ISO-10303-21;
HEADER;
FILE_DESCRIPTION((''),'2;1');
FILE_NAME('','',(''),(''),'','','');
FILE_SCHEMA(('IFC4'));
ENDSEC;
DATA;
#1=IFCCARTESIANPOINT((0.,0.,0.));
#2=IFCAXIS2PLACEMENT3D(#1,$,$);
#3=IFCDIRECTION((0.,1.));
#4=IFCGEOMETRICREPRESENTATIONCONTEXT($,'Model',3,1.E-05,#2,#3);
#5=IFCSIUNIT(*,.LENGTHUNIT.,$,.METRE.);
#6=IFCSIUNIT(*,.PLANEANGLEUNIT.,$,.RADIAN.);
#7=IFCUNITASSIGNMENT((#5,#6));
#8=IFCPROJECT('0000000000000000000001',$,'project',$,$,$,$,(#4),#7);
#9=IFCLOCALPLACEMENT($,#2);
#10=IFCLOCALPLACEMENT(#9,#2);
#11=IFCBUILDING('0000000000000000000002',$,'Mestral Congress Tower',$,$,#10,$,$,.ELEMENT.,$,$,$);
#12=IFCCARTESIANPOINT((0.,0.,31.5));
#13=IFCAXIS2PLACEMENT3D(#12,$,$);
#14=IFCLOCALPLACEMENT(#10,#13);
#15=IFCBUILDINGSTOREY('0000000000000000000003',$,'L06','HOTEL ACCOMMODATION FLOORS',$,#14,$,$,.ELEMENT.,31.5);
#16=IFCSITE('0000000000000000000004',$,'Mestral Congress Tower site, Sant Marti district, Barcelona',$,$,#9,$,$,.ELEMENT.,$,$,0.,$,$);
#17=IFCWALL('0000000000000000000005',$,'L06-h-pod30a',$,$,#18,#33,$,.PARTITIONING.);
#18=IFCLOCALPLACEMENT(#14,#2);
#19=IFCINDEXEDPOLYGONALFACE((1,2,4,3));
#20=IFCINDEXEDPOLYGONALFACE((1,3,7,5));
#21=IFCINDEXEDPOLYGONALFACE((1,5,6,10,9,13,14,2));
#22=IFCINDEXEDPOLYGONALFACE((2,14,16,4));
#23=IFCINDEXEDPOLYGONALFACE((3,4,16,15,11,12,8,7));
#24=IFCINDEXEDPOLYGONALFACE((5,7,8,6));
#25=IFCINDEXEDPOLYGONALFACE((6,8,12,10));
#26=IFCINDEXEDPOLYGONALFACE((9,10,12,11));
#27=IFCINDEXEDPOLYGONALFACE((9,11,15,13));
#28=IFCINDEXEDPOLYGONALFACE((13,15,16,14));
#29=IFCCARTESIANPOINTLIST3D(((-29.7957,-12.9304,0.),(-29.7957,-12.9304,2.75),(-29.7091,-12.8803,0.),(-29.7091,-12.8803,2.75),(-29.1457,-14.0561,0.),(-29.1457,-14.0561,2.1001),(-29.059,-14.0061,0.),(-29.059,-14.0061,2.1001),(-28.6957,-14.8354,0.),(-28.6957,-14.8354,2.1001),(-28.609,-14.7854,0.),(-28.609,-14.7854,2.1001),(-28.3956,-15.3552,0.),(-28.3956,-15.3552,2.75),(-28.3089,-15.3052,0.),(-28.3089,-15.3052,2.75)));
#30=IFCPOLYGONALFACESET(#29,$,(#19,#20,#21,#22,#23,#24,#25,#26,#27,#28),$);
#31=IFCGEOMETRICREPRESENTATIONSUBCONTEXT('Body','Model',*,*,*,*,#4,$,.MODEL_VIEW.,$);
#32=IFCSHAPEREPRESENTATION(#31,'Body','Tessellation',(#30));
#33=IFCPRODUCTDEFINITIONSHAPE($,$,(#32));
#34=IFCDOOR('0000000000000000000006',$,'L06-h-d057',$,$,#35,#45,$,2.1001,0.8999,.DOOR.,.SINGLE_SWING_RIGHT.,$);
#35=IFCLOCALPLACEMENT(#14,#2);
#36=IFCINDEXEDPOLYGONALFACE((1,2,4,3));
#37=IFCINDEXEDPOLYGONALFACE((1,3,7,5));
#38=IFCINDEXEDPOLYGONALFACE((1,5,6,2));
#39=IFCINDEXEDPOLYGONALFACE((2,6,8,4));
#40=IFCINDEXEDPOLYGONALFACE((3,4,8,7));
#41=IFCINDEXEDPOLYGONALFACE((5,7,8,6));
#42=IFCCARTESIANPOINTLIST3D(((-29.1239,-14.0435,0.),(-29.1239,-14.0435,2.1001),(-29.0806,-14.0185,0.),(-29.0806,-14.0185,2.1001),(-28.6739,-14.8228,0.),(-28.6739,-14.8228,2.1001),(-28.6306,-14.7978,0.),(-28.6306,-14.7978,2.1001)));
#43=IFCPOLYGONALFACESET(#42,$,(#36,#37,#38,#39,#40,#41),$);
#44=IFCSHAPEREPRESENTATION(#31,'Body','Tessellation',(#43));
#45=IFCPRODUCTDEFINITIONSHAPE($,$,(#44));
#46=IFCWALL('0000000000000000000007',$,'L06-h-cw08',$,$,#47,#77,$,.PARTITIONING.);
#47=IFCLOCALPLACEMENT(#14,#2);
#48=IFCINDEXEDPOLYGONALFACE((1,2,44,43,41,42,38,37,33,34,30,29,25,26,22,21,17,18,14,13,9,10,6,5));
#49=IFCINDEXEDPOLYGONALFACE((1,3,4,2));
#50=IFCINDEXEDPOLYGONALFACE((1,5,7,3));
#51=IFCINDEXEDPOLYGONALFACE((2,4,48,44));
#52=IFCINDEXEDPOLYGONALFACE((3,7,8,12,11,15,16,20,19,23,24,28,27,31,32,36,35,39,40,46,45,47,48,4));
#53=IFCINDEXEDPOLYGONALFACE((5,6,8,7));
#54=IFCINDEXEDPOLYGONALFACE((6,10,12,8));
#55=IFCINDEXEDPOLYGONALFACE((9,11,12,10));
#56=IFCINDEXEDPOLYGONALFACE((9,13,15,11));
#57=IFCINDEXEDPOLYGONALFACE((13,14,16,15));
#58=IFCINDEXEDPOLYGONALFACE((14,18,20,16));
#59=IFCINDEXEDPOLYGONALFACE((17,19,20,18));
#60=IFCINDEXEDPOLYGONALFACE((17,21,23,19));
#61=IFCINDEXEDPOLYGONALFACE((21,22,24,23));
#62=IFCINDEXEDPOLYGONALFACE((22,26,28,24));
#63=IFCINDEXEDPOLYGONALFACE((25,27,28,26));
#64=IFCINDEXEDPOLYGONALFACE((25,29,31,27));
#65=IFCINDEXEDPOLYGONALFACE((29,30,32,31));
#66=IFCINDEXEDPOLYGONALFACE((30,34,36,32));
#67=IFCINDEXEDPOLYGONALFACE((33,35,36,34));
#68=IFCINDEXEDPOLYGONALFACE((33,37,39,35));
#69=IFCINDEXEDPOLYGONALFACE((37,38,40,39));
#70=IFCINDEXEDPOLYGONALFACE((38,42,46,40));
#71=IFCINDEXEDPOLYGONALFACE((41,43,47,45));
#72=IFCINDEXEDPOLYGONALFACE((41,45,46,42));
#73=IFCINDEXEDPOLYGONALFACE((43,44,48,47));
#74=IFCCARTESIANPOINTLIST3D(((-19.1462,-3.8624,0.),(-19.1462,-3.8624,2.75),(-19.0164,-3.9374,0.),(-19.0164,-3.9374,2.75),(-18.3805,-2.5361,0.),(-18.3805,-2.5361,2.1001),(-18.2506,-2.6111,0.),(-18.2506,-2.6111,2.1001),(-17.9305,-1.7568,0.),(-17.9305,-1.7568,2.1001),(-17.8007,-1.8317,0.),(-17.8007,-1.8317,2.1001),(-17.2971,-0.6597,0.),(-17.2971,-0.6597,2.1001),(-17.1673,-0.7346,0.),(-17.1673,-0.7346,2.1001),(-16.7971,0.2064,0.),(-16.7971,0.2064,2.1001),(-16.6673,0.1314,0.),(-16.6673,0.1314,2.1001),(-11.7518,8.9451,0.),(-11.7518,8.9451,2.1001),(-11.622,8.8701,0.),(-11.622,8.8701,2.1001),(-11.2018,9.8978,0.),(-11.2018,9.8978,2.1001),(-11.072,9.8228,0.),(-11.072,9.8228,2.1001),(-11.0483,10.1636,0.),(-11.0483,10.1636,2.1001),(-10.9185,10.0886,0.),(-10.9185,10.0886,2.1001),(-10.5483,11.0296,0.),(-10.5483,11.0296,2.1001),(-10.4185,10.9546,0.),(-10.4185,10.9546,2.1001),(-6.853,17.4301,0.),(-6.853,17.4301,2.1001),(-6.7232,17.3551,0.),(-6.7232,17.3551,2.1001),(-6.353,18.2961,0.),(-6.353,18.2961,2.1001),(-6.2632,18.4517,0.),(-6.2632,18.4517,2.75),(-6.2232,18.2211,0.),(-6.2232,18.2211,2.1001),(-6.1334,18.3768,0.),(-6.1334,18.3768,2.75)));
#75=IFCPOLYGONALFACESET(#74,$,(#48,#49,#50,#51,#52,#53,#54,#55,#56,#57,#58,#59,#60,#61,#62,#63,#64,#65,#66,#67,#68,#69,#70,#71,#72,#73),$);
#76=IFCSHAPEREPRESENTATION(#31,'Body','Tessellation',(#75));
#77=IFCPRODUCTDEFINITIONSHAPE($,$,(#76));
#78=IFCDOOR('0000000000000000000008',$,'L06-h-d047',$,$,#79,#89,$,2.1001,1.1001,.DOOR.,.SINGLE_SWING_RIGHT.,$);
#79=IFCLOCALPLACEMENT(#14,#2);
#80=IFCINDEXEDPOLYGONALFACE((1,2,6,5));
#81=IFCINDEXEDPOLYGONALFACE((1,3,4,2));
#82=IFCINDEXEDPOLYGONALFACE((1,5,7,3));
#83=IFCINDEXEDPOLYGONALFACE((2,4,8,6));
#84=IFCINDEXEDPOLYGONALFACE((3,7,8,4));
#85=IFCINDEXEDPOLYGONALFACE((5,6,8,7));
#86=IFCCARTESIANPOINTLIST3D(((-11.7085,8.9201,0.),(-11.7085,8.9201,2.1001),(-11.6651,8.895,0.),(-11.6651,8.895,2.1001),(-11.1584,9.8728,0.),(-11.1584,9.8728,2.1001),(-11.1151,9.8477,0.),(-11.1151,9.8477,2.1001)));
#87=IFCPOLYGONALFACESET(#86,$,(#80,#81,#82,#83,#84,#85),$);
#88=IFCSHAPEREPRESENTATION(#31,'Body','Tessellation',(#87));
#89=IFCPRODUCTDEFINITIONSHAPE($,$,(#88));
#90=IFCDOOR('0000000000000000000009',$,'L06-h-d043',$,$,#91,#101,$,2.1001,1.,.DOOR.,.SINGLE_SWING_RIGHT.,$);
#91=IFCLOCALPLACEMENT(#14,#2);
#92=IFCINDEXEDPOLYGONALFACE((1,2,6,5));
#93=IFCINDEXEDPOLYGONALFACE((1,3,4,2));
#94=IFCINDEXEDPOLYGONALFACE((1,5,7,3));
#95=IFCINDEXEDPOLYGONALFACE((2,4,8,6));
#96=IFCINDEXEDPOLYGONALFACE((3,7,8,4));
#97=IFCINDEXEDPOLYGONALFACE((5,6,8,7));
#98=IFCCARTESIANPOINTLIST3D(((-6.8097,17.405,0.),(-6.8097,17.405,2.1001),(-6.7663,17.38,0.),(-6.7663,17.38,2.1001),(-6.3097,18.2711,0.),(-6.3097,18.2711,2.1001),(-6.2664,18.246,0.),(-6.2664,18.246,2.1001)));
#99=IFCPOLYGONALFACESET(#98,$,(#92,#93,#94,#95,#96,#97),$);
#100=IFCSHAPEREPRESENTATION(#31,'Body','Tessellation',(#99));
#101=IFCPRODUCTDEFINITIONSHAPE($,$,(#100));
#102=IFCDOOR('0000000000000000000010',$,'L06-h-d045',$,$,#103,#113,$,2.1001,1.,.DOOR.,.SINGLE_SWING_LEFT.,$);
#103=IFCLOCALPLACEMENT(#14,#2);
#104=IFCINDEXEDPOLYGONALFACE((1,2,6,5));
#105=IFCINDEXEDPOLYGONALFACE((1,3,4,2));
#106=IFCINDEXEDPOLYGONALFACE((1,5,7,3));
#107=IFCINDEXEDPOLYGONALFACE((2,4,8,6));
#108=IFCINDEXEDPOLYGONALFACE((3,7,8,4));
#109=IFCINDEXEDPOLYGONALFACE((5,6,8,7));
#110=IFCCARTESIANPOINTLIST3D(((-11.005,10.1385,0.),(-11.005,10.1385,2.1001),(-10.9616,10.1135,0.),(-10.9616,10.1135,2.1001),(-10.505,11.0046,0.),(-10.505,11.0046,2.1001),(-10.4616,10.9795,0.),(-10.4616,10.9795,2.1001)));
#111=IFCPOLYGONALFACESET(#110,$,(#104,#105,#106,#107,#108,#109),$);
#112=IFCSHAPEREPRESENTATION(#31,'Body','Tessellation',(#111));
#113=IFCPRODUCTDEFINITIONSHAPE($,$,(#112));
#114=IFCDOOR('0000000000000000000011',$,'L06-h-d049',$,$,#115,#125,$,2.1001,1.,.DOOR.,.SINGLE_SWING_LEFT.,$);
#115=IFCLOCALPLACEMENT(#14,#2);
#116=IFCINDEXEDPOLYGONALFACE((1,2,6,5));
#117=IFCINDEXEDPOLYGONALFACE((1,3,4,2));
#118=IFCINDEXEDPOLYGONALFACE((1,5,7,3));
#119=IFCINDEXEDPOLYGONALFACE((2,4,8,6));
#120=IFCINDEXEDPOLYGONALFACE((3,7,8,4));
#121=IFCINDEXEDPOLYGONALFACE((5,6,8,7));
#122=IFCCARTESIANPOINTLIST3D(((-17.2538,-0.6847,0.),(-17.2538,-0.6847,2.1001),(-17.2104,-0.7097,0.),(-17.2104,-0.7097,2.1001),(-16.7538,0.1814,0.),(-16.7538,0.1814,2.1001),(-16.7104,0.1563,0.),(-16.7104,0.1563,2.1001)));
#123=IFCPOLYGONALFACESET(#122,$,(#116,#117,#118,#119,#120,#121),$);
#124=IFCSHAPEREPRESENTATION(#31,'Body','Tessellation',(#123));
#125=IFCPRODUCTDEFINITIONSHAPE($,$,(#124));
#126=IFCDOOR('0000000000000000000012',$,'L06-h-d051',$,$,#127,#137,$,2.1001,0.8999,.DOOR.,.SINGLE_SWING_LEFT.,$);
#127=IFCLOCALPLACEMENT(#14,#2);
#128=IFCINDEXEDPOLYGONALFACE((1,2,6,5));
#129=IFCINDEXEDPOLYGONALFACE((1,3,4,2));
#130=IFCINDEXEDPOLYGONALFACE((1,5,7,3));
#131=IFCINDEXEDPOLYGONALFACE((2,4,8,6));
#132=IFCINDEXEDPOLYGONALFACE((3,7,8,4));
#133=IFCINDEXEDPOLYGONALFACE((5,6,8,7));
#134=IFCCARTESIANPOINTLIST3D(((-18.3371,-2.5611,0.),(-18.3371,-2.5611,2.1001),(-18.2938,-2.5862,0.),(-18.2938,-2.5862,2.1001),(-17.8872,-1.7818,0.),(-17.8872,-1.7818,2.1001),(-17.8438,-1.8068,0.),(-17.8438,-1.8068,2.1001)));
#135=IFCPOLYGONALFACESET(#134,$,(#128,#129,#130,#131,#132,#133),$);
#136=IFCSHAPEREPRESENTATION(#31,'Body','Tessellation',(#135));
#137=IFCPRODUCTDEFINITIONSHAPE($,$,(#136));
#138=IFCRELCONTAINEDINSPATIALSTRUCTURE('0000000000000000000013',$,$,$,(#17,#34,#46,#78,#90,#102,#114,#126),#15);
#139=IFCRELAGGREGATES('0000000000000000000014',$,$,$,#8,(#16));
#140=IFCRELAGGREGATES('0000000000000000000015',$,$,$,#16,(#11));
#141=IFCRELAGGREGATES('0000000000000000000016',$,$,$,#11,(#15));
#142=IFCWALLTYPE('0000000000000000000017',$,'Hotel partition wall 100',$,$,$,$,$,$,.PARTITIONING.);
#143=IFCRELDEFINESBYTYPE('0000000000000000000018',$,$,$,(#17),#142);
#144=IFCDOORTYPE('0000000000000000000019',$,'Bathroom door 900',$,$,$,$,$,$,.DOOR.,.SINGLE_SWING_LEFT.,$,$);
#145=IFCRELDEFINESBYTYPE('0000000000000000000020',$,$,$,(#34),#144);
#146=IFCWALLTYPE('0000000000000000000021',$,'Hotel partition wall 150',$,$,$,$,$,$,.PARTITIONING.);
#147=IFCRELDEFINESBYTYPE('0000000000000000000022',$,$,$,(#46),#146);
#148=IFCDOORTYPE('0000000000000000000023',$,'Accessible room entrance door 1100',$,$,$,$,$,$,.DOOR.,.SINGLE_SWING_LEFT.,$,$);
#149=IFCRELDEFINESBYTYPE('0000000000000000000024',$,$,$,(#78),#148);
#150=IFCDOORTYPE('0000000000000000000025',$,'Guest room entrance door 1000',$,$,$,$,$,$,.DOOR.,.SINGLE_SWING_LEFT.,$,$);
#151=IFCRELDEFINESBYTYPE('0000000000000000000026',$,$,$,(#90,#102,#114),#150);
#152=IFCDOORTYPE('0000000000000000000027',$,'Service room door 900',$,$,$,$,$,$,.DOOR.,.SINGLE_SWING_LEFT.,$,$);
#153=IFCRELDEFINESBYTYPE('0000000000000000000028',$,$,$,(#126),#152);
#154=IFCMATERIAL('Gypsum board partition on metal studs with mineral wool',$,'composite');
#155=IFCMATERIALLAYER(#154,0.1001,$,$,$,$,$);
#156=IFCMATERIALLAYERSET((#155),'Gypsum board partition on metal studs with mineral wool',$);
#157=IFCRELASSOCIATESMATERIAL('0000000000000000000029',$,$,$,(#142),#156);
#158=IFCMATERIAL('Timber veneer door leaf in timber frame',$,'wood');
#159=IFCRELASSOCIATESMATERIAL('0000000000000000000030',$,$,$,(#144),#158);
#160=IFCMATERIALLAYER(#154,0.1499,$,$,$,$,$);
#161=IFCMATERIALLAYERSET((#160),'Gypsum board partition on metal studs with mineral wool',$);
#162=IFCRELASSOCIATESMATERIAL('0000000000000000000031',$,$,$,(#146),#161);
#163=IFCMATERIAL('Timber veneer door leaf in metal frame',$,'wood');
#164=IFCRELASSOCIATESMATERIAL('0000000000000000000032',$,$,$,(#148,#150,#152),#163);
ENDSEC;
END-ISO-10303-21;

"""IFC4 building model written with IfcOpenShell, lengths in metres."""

from ifc_helpers import new_model, si_unit, direction, frame, frame_2d, origin, place, context, subcontext, project, spatial, rectangle, extrude, material, layer, layer_set, type_object, element, fill, save


model = new_model("IFC4")

# Units and contexts
model_context = context("Model", 3, precision=1e-05, world=origin(), true_north=direction((0.0, 1.0)))
body_context = subcontext(model_context, "Body", "Model", "MODEL_VIEW")
ifc_project = project(units=[si_unit("LENGTHUNIT", "METRE"), si_unit("PLANEANGLEUNIT", "RADIAN")], contexts=[model_context])

# Site, building, storey
site_placement = place(None, origin())
site = spatial("IfcSite", under=ifc_project, at=site_placement, Name="Mestral Congress Tower site, Sant Marti district, Barcelona", CompositionType="ELEMENT", RefElevation=0.0)
building_placement = place(site_placement, origin())
building = spatial("IfcBuilding", under=site, at=building_placement, Name="Mestral Congress Tower", CompositionType="ELEMENT")
storey_placement = place(building_placement, frame((0.0, 0.0, 31.5)))
storey = spatial("IfcBuildingStorey", under=building, at=storey_placement, Name="L06", Description="HOTEL ACCOMMODATION FLOORS", CompositionType="ELEMENT", Elevation=31.5)

# Shared definitions
ifc_material_1 = material(Name="Gypsum board partition on metal studs with mineral wool", Category="composite")
ifc_layer_1 = layer(ifc_material_1, 0.1001)
ifc_layer_set_1 = layer_set([ifc_layer_1], Name="Gypsum board partition on metal studs with mineral wool")
wall_type_1 = type_object("IfcWallType", Name="Hotel partition wall 100", PredefinedType="PARTITIONING", material=ifc_layer_set_1)
ifc_material_2 = material(Name="Timber veneer door leaf in timber frame", Category="wood")
door_type_1 = type_object("IfcDoorType", Name="Bathroom door 900", OperationType="SINGLE_SWING_LEFT", PredefinedType="DOOR", material=ifc_material_2)

# Wall, opening, door
wall_1_placement = place(storey_placement, frame((-28.3523, -15.3301, 0.0), z_axis=(0.0, 0.0, 1.0), x_axis=(-0.50005, 0.865997, 0.0)))
wall_1 = element("IfcWall", 1, at=wall_1_placement, inside=storey, type_object=wall_type_1, Name="L06-h-pod30a", PredefinedType="PARTITIONING", context=body_context, shape_type="SweptSolid", body=[
    extrude(rectangle(XDim=2.8, YDim=0.1001, at=frame_2d((1.3999, 0.0))), origin(), (0.0, 0.0, 1.0), 2.75),
])
opening_1_placement = place(wall_1_placement, frame((0.6001, 0.0, 0.0)))
opening_1 = element("IfcOpeningElement", 2, at=opening_1_placement, cuts=wall_1, PredefinedType="OPENING", context=body_context, shape_type="SweptSolid", body=[
    extrude(rectangle(XDim=0.8999, YDim=2.1001, at=frame_2d((0.45, 1.05))), frame((0.0, 0.0601, 0.0), z_axis=(0.0, -1.0, 0.0), x_axis=(1.0, 0.0, 0.0)), (0.0, 0.0, 1.0), 0.1201),
])
door_1_placement = place(opening_1_placement, origin())
door_1 = element("IfcDoor", 3, at=door_1_placement, inside=storey, type_object=door_type_1, Name="L06-h-d057", OperationType="SINGLE_SWING_RIGHT", OverallHeight=2.1001, OverallWidth=0.8999, PredefinedType="DOOR", context=body_context, shape_type="SweptSolid", body=[
    extrude(rectangle(XDim=0.8999, YDim=2.1001, at=frame_2d((0.45, 1.05))), frame((0.0, 0.0249, 0.0), z_axis=(0.0, -1.0, 0.0), x_axis=(1.0, 0.0, 0.0)), (0.0, 0.0, 1.0), 0.05),
])
fill(opening_1, door_1)

# Wall, openings, doors
ifc_layer_2 = layer(ifc_material_1, 0.1499)
ifc_layer_set_2 = layer_set([ifc_layer_2], Name="Gypsum board partition on metal studs with mineral wool")
wall_type_2 = type_object("IfcWallType", Name="Hotel partition wall 150", PredefinedType="PARTITIONING", material=ifc_layer_set_2)
wall_2_placement = place(storey_placement, frame((-19.0813, -3.8999, 0.0), z_axis=(0.0, 0.0, 1.0), x_axis=(0.499998, 0.866026, 0.0)))
wall_2 = element("IfcWall", 4, at=wall_2_placement, inside=storey, type_object=wall_type_2, Name="L06-h-cw08", PredefinedType="PARTITIONING", context=body_context, shape_type="SweptSolid", body=[
    extrude(rectangle(XDim=25.7661, YDim=0.1499, at=frame_2d((12.8831, 0.0))), origin(), (0.0, 0.0, 1.0), 2.75),
])
opening_2_placement = place(wall_2_placement, frame((24.5864, 0.0, 0.0)))
opening_2 = element("IfcOpeningElement", 5, at=opening_2_placement, cuts=wall_2, PredefinedType="OPENING", context=body_context, shape_type="SweptSolid", body=[
    extrude(rectangle(XDim=1.0, YDim=2.1001, at=frame_2d((0.5, 1.05))), frame((0.0, 0.085, 0.0), z_axis=(0.0, -1.0, 0.0), x_axis=(1.0, 0.0, 0.0)), (0.0, 0.0, 1.0), 0.1699),
])
opening_3_placement = place(wall_2_placement, frame((16.1958, 0.0, 0.0)))
opening_3 = element("IfcOpeningElement", 6, at=opening_3_placement, cuts=wall_2, PredefinedType="OPENING", context=body_context, shape_type="SweptSolid", body=[
    extrude(rectangle(XDim=1.0, YDim=2.1001, at=frame_2d((0.5, 1.05))), frame((0.0, 0.085, 0.0), z_axis=(0.0, -1.0, 0.0), x_axis=(1.0, 0.0, 0.0)), (0.0, 0.0, 1.0), 0.1699),
])
opening_4_placement = place(wall_2_placement, frame((14.7888, 0.0, 0.0)))
opening_4 = element("IfcOpeningElement", 7, at=opening_4_placement, cuts=wall_2, PredefinedType="OPENING", context=body_context, shape_type="SweptSolid", body=[
    extrude(rectangle(XDim=1.1001, YDim=2.1001, at=frame_2d((0.55, 1.05))), frame((0.0, 0.085, 0.0), z_axis=(0.0, -1.0, 0.0), x_axis=(1.0, 0.0, 0.0)), (0.0, 0.0, 1.0), 0.1699),
])
opening_5_placement = place(wall_2_placement, frame((3.6982, 0.0, 0.0)))
opening_5 = element("IfcOpeningElement", 8, at=opening_5_placement, cuts=wall_2, PredefinedType="OPENING", context=body_context, shape_type="SweptSolid", body=[
    extrude(rectangle(XDim=1.0, YDim=2.1001, at=frame_2d((0.5, 1.05))), frame((0.0, 0.085, 0.0), z_axis=(0.0, -1.0, 0.0), x_axis=(1.0, 0.0, 0.0)), (0.0, 0.0, 1.0), 0.1699),
])
opening_6_placement = place(wall_2_placement, frame((1.5315, 0.0, 0.0)))
opening_6 = element("IfcOpeningElement", 9, at=opening_6_placement, cuts=wall_2, PredefinedType="OPENING", context=body_context, shape_type="SweptSolid", body=[
    extrude(rectangle(XDim=0.8999, YDim=2.1001, at=frame_2d((0.45, 1.05))), frame((0.0, 0.085, 0.0), z_axis=(0.0, -1.0, 0.0), x_axis=(1.0, 0.0, 0.0)), (0.0, 0.0, 1.0), 0.1699),
])
ifc_material_3 = material(Name="Timber veneer door leaf in metal frame", Category="wood")
door_type_2 = type_object("IfcDoorType", Name="Accessible room entrance door 1100", OperationType="SINGLE_SWING_LEFT", PredefinedType="DOOR", material=ifc_material_3)
door_2_placement = place(opening_4_placement, origin())
door_2 = element("IfcDoor", 10, at=door_2_placement, inside=storey, type_object=door_type_2, Name="L06-h-d047", OperationType="SINGLE_SWING_RIGHT", OverallHeight=2.1001, OverallWidth=1.1001, PredefinedType="DOOR", context=body_context, shape_type="SweptSolid", body=[
    extrude(rectangle(XDim=1.1001, YDim=2.1001, at=frame_2d((0.55, 1.05))), frame((0.0, 0.0249, 0.0), z_axis=(0.0, -1.0, 0.0), x_axis=(1.0, 0.0, 0.0)), (0.0, 0.0, 1.0), 0.05),
])
fill(opening_4, door_2)
door_type_3 = type_object("IfcDoorType", Name="Guest room entrance door 1000", OperationType="SINGLE_SWING_LEFT", PredefinedType="DOOR", material=ifc_material_3)
door_3_placement = place(opening_2_placement, origin())
door_3 = element("IfcDoor", 11, at=door_3_placement, inside=storey, type_object=door_type_3, Name="L06-h-d043", OperationType="SINGLE_SWING_RIGHT", OverallHeight=2.1001, OverallWidth=1.0, PredefinedType="DOOR", context=body_context, shape_type="SweptSolid", body=[
    extrude(rectangle(XDim=1.0, YDim=2.1001, at=frame_2d((0.5, 1.05))), frame((0.0, 0.0249, 0.0), z_axis=(0.0, -1.0, 0.0), x_axis=(1.0, 0.0, 0.0)), (0.0, 0.0, 1.0), 0.05),
])
fill(opening_2, door_3)
door_4_placement = place(opening_3_placement, origin())
door_4 = element("IfcDoor", 12, at=door_4_placement, inside=storey, type_object=door_type_3, Name="L06-h-d045", OperationType="SINGLE_SWING_LEFT", OverallHeight=2.1001, OverallWidth=1.0, PredefinedType="DOOR", context=body_context, shape_type="SweptSolid", body=[
    extrude(rectangle(XDim=1.0, YDim=2.1001, at=frame_2d((0.5, 1.05))), frame((0.0, 0.0249, 0.0), z_axis=(0.0, -1.0, 0.0), x_axis=(1.0, 0.0, 0.0)), (0.0, 0.0, 1.0), 0.05),
])
fill(opening_3, door_4)
door_5_placement = place(opening_5_placement, origin())
door_5 = element("IfcDoor", 13, at=door_5_placement, inside=storey, type_object=door_type_3, Name="L06-h-d049", OperationType="SINGLE_SWING_LEFT", OverallHeight=2.1001, OverallWidth=1.0, PredefinedType="DOOR", context=body_context, shape_type="SweptSolid", body=[
    extrude(rectangle(XDim=1.0, YDim=2.1001, at=frame_2d((0.5, 1.05))), frame((0.0, 0.0249, 0.0), z_axis=(0.0, -1.0, 0.0), x_axis=(1.0, 0.0, 0.0)), (0.0, 0.0, 1.0), 0.05),
])
fill(opening_5, door_5)
door_type_4 = type_object("IfcDoorType", Name="Service room door 900", OperationType="SINGLE_SWING_LEFT", PredefinedType="DOOR", material=ifc_material_3)
door_6_placement = place(opening_6_placement, origin())
door_6 = element("IfcDoor", 14, at=door_6_placement, inside=storey, type_object=door_type_4, Name="L06-h-d051", OperationType="SINGLE_SWING_LEFT", OverallHeight=2.1001, OverallWidth=0.8999, PredefinedType="DOOR", context=body_context, shape_type="SweptSolid", body=[
    extrude(rectangle(XDim=0.8999, YDim=2.1001, at=frame_2d((0.45, 1.05))), frame((0.0, 0.0249, 0.0), z_axis=(0.0, -1.0, 0.0), x_axis=(1.0, 0.0, 0.0)), (0.0, 0.0, 1.0), 0.05),
])
fill(opening_6, door_6)

save(model, "model.ifc")
